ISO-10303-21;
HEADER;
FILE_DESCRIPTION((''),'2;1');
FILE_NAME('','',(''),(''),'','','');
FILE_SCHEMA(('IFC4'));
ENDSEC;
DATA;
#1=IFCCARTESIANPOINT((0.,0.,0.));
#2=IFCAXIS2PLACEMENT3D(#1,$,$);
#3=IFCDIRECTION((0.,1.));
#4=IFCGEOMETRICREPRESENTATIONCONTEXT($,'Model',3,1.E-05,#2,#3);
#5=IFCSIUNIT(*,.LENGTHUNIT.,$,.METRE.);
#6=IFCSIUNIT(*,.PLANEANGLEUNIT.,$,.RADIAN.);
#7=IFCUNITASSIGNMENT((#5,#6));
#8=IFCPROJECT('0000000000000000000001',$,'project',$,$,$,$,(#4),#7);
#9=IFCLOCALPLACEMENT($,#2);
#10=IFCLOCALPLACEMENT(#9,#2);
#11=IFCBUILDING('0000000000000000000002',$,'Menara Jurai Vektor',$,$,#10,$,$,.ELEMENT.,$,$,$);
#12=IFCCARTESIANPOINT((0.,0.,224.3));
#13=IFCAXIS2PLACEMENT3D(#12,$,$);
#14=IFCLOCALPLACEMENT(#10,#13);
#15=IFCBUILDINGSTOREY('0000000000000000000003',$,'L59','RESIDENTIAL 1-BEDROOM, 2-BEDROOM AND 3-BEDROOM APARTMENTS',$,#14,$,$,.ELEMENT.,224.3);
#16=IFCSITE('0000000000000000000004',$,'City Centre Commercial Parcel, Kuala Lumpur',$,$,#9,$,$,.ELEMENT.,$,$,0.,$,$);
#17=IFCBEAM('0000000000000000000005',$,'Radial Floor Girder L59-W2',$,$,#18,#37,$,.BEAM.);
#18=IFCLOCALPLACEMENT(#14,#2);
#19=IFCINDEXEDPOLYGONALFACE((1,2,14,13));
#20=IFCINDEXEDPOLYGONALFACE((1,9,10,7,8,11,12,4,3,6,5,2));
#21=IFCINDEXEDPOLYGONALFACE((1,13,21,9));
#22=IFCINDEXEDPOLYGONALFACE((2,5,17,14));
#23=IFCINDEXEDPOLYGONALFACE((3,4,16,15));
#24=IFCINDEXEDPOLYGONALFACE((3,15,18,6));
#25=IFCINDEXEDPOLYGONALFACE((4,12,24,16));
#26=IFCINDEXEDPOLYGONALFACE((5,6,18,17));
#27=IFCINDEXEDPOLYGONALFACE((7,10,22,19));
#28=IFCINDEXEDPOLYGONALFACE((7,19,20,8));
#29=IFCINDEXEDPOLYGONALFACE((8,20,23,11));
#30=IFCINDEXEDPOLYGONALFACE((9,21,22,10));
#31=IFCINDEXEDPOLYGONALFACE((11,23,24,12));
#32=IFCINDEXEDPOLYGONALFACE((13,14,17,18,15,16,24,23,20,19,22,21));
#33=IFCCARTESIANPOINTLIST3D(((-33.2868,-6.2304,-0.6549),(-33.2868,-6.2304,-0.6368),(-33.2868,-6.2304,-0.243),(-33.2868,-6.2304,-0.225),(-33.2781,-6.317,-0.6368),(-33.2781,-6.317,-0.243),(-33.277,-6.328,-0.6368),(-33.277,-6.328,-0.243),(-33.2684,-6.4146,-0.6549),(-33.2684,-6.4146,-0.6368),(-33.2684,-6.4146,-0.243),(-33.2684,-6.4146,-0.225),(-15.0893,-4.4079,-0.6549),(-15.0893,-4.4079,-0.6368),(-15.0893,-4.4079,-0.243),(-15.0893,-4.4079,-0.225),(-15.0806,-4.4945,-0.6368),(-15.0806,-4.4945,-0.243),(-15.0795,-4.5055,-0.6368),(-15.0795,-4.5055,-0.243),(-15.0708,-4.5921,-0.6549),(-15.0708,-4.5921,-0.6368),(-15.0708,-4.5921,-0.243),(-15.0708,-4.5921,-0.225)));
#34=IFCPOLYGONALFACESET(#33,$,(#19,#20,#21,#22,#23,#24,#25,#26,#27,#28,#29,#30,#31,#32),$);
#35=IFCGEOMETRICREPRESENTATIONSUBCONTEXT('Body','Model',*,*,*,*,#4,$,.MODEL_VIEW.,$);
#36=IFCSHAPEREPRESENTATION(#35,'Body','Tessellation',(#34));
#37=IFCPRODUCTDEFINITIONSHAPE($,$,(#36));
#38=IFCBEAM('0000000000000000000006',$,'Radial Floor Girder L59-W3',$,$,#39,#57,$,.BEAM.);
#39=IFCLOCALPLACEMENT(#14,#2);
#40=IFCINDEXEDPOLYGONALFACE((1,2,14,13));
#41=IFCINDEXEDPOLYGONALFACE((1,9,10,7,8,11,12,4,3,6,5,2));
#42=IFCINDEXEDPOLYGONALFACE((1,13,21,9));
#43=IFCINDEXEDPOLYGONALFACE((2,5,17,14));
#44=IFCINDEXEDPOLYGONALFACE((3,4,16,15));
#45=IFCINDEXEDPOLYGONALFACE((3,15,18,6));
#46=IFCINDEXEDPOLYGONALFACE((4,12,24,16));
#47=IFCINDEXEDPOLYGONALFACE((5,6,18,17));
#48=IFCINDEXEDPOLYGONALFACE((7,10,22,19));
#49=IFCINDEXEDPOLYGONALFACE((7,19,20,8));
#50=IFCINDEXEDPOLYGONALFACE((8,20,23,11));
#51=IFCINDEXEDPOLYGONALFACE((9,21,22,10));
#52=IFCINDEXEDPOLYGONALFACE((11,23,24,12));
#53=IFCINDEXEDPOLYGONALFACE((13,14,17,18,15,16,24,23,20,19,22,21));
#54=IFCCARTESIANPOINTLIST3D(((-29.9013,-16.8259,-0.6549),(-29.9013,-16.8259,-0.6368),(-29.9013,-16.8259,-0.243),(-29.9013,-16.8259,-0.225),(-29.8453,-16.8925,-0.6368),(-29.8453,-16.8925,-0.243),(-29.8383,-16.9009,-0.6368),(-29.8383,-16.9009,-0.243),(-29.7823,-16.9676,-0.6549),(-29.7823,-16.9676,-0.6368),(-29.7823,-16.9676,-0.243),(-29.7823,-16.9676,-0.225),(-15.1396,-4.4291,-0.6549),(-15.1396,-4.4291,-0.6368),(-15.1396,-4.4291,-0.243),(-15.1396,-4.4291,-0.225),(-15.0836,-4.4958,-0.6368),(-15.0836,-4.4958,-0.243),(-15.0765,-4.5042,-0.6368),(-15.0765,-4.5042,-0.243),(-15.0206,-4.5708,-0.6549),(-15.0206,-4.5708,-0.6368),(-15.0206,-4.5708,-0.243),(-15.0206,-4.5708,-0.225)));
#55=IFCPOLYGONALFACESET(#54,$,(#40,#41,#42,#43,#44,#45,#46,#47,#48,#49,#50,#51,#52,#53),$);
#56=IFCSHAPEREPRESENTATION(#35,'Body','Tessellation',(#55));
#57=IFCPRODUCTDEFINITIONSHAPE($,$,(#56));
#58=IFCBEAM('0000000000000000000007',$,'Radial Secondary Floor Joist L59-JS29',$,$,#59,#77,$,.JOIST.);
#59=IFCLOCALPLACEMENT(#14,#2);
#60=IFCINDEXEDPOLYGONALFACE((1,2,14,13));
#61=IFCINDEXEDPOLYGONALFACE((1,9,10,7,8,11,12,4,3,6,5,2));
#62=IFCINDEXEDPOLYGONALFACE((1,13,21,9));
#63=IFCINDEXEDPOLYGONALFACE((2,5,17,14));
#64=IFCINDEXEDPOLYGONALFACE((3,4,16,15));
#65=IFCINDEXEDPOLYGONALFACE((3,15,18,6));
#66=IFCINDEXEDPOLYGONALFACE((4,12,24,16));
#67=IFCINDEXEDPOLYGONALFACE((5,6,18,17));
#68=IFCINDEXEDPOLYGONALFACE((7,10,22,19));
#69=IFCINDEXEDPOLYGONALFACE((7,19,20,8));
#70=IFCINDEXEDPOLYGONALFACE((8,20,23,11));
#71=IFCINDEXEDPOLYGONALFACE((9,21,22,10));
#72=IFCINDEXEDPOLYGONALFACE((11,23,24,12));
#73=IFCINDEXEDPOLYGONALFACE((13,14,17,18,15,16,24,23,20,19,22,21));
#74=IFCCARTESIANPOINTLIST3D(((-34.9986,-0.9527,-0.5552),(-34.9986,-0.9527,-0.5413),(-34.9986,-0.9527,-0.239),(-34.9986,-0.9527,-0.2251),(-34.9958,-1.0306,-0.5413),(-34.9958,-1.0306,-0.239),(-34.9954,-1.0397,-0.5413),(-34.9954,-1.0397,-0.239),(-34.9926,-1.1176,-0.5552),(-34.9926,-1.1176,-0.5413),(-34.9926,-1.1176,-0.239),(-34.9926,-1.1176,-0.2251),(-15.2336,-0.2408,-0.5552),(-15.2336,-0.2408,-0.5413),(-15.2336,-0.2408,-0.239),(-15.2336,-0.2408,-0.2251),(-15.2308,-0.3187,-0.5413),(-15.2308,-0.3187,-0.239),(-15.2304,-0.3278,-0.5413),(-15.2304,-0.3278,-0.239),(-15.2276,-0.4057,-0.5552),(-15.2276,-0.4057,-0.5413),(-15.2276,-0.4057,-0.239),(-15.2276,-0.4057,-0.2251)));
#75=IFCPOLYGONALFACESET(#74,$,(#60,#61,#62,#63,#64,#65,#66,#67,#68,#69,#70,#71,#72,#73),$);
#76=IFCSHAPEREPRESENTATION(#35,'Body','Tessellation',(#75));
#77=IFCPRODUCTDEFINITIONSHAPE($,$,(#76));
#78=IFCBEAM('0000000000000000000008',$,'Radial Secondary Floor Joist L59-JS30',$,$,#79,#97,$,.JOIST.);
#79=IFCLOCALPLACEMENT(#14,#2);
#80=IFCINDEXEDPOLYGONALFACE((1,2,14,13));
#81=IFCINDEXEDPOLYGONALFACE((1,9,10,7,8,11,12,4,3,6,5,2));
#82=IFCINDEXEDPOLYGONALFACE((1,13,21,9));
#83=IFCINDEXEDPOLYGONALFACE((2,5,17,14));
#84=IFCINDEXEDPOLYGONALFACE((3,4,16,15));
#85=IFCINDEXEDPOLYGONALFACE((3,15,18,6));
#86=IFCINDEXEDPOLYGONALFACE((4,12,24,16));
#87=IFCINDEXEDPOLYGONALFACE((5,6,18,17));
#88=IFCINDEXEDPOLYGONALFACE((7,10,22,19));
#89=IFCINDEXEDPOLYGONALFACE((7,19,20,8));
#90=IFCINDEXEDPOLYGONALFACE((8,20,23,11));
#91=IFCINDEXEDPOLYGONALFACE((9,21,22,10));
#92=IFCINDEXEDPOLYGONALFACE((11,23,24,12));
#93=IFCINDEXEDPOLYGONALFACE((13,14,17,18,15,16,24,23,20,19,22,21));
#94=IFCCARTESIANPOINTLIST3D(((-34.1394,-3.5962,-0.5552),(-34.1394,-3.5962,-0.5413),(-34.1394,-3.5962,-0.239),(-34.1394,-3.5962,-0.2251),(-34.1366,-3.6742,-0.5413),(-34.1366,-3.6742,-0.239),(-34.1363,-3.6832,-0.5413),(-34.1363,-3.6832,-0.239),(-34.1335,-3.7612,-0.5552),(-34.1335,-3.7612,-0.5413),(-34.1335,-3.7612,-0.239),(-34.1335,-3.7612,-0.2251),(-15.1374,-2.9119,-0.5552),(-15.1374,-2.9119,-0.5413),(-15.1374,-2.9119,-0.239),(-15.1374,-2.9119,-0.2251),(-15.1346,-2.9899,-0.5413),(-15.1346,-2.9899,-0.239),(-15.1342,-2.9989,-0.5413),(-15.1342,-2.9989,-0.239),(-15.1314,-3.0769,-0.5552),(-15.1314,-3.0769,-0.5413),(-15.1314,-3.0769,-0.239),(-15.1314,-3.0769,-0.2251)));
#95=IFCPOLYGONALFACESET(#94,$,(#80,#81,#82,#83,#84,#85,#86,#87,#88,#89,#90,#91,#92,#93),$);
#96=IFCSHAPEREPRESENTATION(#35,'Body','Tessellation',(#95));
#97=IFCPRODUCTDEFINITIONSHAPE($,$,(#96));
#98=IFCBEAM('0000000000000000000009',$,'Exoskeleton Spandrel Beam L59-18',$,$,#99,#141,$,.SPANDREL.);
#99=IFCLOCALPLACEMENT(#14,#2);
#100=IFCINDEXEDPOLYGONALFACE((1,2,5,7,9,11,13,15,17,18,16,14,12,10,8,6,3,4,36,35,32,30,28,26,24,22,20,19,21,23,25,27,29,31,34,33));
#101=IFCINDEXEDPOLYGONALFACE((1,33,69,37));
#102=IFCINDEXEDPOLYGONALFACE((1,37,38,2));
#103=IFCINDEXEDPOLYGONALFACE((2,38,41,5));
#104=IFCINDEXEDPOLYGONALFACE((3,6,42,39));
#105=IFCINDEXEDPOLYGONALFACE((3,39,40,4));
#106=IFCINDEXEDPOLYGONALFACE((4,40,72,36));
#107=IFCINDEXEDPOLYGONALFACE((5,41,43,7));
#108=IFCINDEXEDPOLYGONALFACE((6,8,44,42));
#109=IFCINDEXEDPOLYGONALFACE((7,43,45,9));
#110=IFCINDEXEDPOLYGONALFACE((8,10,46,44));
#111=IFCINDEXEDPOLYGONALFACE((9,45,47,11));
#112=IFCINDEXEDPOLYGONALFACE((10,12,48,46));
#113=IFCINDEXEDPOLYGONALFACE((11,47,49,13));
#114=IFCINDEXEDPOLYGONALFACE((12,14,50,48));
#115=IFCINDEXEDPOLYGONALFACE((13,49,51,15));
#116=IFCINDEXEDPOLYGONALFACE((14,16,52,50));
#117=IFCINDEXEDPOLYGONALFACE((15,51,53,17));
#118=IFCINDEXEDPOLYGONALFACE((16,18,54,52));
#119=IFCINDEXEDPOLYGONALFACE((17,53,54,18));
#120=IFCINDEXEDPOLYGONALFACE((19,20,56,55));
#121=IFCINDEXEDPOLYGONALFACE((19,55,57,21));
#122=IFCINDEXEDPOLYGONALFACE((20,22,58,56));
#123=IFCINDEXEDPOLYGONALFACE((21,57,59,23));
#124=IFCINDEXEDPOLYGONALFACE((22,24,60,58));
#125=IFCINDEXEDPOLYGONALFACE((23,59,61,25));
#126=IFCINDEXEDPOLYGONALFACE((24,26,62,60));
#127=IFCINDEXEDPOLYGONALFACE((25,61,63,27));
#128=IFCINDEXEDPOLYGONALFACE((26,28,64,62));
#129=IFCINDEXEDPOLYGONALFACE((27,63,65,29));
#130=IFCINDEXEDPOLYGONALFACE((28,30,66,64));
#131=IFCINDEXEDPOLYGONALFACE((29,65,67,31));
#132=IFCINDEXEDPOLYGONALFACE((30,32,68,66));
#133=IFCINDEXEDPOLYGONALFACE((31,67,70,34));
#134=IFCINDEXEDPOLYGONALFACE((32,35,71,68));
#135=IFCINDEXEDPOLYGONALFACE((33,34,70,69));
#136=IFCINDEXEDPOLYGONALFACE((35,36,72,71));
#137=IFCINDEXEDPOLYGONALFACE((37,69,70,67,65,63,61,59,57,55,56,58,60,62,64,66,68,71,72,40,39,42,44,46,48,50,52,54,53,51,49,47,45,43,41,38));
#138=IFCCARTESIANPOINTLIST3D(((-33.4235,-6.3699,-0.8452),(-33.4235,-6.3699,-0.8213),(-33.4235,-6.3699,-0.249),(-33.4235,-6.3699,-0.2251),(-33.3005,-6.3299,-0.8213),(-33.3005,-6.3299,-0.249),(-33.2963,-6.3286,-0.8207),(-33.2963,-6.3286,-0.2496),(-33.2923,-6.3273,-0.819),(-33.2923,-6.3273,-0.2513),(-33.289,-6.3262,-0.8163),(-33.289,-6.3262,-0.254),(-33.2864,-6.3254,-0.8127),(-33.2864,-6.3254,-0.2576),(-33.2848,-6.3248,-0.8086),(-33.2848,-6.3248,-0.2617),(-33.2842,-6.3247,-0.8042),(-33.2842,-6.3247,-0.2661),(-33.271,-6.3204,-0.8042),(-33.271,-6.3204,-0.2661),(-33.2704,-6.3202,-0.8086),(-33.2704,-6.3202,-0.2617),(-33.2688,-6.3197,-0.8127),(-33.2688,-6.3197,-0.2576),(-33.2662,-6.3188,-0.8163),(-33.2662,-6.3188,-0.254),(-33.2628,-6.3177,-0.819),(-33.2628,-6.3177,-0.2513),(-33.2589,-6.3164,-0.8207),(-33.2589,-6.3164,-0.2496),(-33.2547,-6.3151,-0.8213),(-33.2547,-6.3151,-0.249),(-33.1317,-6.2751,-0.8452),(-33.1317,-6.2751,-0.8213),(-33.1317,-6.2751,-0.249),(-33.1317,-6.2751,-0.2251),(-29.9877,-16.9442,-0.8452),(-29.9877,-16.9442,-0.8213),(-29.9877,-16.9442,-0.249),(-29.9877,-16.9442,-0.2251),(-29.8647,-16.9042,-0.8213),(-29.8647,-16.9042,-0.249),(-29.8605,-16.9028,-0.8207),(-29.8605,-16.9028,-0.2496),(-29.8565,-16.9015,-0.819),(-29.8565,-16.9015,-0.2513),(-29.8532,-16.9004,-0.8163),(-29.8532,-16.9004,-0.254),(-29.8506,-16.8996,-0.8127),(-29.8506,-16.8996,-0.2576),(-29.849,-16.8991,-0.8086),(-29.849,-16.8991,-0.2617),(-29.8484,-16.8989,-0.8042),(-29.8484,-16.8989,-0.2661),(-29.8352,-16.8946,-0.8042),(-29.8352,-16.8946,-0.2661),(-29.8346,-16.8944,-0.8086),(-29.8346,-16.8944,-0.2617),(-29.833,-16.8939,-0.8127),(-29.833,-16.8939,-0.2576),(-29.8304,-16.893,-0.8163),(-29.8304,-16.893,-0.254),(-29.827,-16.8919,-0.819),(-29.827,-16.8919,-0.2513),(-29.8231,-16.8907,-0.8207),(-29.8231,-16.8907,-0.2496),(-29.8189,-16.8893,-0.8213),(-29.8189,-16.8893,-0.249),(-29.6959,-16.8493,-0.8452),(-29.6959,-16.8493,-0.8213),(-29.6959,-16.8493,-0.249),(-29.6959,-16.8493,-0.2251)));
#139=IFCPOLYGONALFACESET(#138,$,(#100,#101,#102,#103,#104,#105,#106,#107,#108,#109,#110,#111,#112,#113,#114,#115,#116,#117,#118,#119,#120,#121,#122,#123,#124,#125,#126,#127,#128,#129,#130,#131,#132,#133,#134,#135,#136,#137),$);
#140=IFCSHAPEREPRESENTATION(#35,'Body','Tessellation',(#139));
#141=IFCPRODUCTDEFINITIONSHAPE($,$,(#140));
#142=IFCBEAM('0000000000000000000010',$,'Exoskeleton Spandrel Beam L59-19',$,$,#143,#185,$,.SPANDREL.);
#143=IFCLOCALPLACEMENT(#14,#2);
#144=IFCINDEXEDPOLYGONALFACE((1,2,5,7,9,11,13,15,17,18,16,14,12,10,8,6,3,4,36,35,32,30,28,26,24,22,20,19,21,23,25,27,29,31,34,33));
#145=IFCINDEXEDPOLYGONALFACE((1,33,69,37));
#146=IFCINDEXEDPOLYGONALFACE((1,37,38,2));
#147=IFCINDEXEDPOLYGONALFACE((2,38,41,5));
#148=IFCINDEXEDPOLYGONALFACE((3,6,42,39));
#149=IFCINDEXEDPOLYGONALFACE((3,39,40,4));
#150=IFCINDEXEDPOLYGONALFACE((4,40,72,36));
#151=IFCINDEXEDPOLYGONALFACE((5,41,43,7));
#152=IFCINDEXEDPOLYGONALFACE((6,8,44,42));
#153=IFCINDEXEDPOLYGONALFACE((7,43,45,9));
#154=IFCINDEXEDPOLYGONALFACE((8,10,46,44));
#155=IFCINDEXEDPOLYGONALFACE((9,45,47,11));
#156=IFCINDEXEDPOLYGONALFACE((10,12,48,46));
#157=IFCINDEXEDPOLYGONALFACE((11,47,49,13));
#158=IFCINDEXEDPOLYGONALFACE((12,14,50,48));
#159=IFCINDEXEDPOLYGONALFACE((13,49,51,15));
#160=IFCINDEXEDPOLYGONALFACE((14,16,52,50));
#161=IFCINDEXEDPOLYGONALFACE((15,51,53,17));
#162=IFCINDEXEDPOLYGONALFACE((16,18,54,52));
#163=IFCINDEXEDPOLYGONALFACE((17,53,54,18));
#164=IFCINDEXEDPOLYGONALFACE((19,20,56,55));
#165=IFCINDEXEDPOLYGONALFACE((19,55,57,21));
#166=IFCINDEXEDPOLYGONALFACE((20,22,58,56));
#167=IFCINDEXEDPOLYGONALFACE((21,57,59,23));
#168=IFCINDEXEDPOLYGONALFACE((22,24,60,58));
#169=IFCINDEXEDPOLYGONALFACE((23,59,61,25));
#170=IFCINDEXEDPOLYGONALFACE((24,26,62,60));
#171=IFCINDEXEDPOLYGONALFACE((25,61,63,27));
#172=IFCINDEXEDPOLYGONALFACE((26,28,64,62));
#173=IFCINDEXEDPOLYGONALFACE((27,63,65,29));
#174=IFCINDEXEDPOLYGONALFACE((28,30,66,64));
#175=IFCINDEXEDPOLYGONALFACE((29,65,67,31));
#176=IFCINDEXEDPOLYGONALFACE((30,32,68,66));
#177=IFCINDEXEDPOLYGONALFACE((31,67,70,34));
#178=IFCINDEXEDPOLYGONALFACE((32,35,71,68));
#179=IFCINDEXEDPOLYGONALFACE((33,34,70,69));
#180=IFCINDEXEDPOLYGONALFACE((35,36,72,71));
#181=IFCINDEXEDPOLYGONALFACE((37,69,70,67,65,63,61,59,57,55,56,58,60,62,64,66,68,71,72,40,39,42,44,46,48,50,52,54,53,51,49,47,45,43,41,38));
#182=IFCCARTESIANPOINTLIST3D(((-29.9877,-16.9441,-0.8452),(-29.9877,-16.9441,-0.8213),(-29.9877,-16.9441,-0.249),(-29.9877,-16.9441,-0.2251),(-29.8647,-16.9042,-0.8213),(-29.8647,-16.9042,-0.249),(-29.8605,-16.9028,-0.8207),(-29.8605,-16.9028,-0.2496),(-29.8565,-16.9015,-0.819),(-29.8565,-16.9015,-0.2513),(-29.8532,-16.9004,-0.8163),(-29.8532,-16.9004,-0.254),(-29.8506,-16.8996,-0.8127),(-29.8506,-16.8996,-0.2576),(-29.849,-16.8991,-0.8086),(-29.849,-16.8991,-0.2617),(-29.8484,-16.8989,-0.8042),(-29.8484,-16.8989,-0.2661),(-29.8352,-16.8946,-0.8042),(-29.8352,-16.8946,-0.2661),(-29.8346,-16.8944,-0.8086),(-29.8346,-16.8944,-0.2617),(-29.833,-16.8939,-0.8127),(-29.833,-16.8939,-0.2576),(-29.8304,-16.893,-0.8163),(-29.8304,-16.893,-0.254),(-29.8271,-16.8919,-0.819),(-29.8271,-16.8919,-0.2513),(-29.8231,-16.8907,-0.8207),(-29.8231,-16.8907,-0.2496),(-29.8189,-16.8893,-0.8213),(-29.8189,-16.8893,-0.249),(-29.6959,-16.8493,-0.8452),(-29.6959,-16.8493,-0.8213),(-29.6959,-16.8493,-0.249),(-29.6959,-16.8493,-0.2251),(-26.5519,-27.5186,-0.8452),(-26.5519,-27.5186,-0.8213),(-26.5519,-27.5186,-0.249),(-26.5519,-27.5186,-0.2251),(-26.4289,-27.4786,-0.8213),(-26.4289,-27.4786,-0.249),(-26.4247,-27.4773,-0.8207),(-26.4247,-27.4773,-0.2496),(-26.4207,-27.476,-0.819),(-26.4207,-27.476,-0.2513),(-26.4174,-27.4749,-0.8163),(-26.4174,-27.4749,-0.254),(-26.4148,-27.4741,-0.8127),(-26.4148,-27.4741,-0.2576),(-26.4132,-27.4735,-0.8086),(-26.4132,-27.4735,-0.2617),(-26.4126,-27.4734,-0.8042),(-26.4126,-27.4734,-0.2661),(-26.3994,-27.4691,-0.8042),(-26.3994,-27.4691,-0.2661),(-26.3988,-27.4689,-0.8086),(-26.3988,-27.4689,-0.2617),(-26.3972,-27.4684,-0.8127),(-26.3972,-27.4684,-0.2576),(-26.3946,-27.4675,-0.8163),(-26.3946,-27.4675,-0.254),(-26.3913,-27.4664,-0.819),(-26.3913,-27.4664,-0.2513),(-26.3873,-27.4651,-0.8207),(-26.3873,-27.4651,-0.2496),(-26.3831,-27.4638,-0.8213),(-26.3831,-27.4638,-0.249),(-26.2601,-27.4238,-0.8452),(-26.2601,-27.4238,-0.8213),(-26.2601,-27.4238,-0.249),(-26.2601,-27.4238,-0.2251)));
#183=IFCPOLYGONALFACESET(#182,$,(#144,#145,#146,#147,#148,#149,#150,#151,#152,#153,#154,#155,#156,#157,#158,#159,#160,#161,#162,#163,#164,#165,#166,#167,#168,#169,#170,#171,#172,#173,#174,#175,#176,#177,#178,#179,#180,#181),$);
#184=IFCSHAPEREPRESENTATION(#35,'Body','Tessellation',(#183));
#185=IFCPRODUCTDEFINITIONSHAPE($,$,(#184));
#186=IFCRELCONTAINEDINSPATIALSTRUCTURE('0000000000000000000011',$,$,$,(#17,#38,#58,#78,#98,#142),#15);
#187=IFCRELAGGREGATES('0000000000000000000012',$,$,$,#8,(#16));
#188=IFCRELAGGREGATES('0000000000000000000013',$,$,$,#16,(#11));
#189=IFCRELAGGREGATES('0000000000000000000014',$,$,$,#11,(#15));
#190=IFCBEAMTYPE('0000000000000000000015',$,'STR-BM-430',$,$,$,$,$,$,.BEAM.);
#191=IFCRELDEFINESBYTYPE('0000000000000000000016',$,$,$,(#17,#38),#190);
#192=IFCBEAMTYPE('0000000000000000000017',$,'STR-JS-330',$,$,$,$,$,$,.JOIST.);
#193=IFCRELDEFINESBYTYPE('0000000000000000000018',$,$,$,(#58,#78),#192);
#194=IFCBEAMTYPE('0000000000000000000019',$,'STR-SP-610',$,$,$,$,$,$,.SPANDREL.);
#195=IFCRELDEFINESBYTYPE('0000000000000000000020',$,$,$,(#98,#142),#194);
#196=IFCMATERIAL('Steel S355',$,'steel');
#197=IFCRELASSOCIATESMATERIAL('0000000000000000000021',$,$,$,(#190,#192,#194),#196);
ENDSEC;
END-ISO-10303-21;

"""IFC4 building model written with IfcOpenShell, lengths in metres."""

from ifc_helpers import new_model, si_unit, direction, frame, origin, origin_2d, place, context, subcontext, project, spatial, i_section, extrude, material, material_profile, profile_set, type_object, element, save


model = new_model("IFC4")

# Units and contexts
model_context = context("Model", 3, precision=1e-05, world=origin(), true_north=direction((0.0, 1.0)))
body_context = subcontext(model_context, "Body", "Model", "MODEL_VIEW")
ifc_project = project(units=[si_unit("LENGTHUNIT", "METRE"), si_unit("PLANEANGLEUNIT", "RADIAN")], contexts=[model_context])

# Site, building, storey
site_placement = place(None, origin())
site = spatial("IfcSite", under=ifc_project, at=site_placement, Name="City Centre Commercial Parcel, Kuala Lumpur", CompositionType="ELEMENT", RefElevation=0.0)
building_placement = place(site_placement, origin())
building = spatial("IfcBuilding", under=site, at=building_placement, Name="Menara Jurai Vektor", CompositionType="ELEMENT")
storey_placement = place(building_placement, frame((0.0, 0.0, 224.3)))
storey = spatial("IfcBuildingStorey", under=building, at=storey_placement, Name="L59", Description="RESIDENTIAL 1-BEDROOM, 2-BEDROOM AND 3-BEDROOM APARTMENTS", CompositionType="ELEMENT", Elevation=224.3)

# Beams
ifc_material_1 = material(Name="Steel S355", Category="steel")
ifc_material_profile_1 = material_profile(ifc_material_1, i_section(OverallWidth=0.1851, OverallDepth=0.4299, WebThickness=0.011, FlangeThickness=0.0181, at=origin_2d()), Name="PG 430x185x76")
ifc_profile_set_1 = profile_set([ifc_material_profile_1], Name="Steel S355")
beam_type_1 = type_object("IfcBeamType", Name="STR-BM-430", PredefinedType="BEAM", material=ifc_profile_set_1)
beam_1_placement = place(storey_placement, frame((-33.2776, -6.3225, -0.4399), z_axis=(0.995022, 0.099653, 0.0), x_axis=(-0.099653, 0.995022, 0.0)))
element("IfcBeam", 1, at=beam_1_placement, inside=storey, type_object=beam_type_1, Name="Radial Floor Girder L59-W2", PredefinedType="BEAM", context=body_context, shape_type="SweptSolid", body=[
    extrude(i_section(OverallWidth=0.1851, OverallDepth=0.4299, WebThickness=0.011, FlangeThickness=0.0181, at=origin_2d()), origin(), (0.0, 0.0, 1.0), 18.2886),
])
beam_2_placement = place(storey_placement, frame((-29.8418, -16.8967, -0.4399), z_axis=(0.765784, 0.643097, 0.0), x_axis=(-0.643097, 0.765784, 0.0)))
element("IfcBeam", 2, at=beam_2_placement, inside=storey, type_object=beam_type_1, Name="Radial Floor Girder L59-W3", PredefinedType="BEAM", context=body_context, shape_type="SweptSolid", body=[
    extrude(i_section(OverallWidth=0.1851, OverallDepth=0.4299, WebThickness=0.011, FlangeThickness=0.0181, at=origin_2d()), origin(), (0.0, 0.0, 1.0), 19.2766),
])
ifc_material_profile_2 = material_profile(ifc_material_1, i_section(OverallWidth=0.165, OverallDepth=0.3301, WebThickness=0.009, FlangeThickness=0.0139, at=origin_2d()), Name="PG 330x165x46")
ifc_profile_set_2 = profile_set([ifc_material_profile_2], Name="Steel S355")
beam_type_2 = type_object("IfcBeamType", Name="STR-JS-330", PredefinedType="JOIST", material=ifc_profile_set_2)
beam_3_placement = place(storey_placement, frame((-34.9956, -1.0352, -0.3901), z_axis=(0.999352, 0.035995, 0.0), x_axis=(-0.035995, 0.999352, 0.0)))
element("IfcBeam", 3, at=beam_3_placement, inside=storey, type_object=beam_type_2, Name="Radial Secondary Floor Joist L59-JS29", PredefinedType="JOIST", context=body_context, shape_type="SweptSolid", body=[
    extrude(i_section(OverallWidth=0.165, OverallDepth=0.3301, WebThickness=0.009, FlangeThickness=0.0139, at=origin_2d()), origin(), (0.0, 0.0, 1.0), 19.7778),
])
beam_4_placement = place(storey_placement, frame((-34.1365, -3.6787, -0.3901), z_axis=(0.999352, 0.03599, 0.0), x_axis=(-0.03599, 0.999352, 0.0)))
element("IfcBeam", 4, at=beam_4_placement, inside=storey, type_object=beam_type_2, Name="Radial Secondary Floor Joist L59-JS30", PredefinedType="JOIST", context=body_context, shape_type="SweptSolid", body=[
    extrude(i_section(OverallWidth=0.165, OverallDepth=0.3301, WebThickness=0.009, FlangeThickness=0.0139, at=origin_2d()), origin(), (0.0, 0.0, 1.0), 19.0144),
])
ifc_material_profile_3 = material_profile(ifc_material_1, i_section(OverallWidth=0.3069, OverallDepth=0.6201, WebThickness=0.0139, FlangeThickness=0.0239, FilletRadius=0.0171, at=origin_2d()), Name="UKB 610x305x179")
ifc_profile_set_3 = profile_set([ifc_material_profile_3], Name="Steel S355")
beam_type_3 = type_object("IfcBeamType", Name="STR-SP-610", PredefinedType="SPANDREL", material=ifc_profile_set_3)
beam_5_placement = place(storey_placement, frame((-33.2776, -6.3225, -0.5352), z_axis=(0.309019, -0.951056, 0.0), x_axis=(0.951056, 0.309019, 0.0)))
element("IfcBeam", 5, at=beam_5_placement, inside=storey, type_object=beam_type_3, Name="Exoskeleton Spandrel Beam L59-18", PredefinedType="SPANDREL", context=body_context, shape_type="SweptSolid", body=[
    extrude(i_section(OverallWidth=0.3069, OverallDepth=0.6201, WebThickness=0.0139, FlangeThickness=0.0239, FilletRadius=0.0171, at=origin_2d()), origin(), (0.0, 0.0, 1.0), 11.1184),
])
beam_6_placement = place(storey_placement, frame((-29.8418, -16.8967, -0.5352), z_axis=(0.309012, -0.951058, 0.0), x_axis=(0.951058, 0.309012, 0.0)))
element("IfcBeam", 6, at=beam_6_placement, inside=storey, type_object=beam_type_3, Name="Exoskeleton Spandrel Beam L59-19", PredefinedType="SPANDREL", context=body_context, shape_type="SweptSolid", body=[
    extrude(i_section(OverallWidth=0.3069, OverallDepth=0.6201, WebThickness=0.0139, FlangeThickness=0.0239, FilletRadius=0.0171, at=origin_2d()), origin(), (0.0, 0.0, 1.0), 11.1187),
])

save(model, "model.ifc")
